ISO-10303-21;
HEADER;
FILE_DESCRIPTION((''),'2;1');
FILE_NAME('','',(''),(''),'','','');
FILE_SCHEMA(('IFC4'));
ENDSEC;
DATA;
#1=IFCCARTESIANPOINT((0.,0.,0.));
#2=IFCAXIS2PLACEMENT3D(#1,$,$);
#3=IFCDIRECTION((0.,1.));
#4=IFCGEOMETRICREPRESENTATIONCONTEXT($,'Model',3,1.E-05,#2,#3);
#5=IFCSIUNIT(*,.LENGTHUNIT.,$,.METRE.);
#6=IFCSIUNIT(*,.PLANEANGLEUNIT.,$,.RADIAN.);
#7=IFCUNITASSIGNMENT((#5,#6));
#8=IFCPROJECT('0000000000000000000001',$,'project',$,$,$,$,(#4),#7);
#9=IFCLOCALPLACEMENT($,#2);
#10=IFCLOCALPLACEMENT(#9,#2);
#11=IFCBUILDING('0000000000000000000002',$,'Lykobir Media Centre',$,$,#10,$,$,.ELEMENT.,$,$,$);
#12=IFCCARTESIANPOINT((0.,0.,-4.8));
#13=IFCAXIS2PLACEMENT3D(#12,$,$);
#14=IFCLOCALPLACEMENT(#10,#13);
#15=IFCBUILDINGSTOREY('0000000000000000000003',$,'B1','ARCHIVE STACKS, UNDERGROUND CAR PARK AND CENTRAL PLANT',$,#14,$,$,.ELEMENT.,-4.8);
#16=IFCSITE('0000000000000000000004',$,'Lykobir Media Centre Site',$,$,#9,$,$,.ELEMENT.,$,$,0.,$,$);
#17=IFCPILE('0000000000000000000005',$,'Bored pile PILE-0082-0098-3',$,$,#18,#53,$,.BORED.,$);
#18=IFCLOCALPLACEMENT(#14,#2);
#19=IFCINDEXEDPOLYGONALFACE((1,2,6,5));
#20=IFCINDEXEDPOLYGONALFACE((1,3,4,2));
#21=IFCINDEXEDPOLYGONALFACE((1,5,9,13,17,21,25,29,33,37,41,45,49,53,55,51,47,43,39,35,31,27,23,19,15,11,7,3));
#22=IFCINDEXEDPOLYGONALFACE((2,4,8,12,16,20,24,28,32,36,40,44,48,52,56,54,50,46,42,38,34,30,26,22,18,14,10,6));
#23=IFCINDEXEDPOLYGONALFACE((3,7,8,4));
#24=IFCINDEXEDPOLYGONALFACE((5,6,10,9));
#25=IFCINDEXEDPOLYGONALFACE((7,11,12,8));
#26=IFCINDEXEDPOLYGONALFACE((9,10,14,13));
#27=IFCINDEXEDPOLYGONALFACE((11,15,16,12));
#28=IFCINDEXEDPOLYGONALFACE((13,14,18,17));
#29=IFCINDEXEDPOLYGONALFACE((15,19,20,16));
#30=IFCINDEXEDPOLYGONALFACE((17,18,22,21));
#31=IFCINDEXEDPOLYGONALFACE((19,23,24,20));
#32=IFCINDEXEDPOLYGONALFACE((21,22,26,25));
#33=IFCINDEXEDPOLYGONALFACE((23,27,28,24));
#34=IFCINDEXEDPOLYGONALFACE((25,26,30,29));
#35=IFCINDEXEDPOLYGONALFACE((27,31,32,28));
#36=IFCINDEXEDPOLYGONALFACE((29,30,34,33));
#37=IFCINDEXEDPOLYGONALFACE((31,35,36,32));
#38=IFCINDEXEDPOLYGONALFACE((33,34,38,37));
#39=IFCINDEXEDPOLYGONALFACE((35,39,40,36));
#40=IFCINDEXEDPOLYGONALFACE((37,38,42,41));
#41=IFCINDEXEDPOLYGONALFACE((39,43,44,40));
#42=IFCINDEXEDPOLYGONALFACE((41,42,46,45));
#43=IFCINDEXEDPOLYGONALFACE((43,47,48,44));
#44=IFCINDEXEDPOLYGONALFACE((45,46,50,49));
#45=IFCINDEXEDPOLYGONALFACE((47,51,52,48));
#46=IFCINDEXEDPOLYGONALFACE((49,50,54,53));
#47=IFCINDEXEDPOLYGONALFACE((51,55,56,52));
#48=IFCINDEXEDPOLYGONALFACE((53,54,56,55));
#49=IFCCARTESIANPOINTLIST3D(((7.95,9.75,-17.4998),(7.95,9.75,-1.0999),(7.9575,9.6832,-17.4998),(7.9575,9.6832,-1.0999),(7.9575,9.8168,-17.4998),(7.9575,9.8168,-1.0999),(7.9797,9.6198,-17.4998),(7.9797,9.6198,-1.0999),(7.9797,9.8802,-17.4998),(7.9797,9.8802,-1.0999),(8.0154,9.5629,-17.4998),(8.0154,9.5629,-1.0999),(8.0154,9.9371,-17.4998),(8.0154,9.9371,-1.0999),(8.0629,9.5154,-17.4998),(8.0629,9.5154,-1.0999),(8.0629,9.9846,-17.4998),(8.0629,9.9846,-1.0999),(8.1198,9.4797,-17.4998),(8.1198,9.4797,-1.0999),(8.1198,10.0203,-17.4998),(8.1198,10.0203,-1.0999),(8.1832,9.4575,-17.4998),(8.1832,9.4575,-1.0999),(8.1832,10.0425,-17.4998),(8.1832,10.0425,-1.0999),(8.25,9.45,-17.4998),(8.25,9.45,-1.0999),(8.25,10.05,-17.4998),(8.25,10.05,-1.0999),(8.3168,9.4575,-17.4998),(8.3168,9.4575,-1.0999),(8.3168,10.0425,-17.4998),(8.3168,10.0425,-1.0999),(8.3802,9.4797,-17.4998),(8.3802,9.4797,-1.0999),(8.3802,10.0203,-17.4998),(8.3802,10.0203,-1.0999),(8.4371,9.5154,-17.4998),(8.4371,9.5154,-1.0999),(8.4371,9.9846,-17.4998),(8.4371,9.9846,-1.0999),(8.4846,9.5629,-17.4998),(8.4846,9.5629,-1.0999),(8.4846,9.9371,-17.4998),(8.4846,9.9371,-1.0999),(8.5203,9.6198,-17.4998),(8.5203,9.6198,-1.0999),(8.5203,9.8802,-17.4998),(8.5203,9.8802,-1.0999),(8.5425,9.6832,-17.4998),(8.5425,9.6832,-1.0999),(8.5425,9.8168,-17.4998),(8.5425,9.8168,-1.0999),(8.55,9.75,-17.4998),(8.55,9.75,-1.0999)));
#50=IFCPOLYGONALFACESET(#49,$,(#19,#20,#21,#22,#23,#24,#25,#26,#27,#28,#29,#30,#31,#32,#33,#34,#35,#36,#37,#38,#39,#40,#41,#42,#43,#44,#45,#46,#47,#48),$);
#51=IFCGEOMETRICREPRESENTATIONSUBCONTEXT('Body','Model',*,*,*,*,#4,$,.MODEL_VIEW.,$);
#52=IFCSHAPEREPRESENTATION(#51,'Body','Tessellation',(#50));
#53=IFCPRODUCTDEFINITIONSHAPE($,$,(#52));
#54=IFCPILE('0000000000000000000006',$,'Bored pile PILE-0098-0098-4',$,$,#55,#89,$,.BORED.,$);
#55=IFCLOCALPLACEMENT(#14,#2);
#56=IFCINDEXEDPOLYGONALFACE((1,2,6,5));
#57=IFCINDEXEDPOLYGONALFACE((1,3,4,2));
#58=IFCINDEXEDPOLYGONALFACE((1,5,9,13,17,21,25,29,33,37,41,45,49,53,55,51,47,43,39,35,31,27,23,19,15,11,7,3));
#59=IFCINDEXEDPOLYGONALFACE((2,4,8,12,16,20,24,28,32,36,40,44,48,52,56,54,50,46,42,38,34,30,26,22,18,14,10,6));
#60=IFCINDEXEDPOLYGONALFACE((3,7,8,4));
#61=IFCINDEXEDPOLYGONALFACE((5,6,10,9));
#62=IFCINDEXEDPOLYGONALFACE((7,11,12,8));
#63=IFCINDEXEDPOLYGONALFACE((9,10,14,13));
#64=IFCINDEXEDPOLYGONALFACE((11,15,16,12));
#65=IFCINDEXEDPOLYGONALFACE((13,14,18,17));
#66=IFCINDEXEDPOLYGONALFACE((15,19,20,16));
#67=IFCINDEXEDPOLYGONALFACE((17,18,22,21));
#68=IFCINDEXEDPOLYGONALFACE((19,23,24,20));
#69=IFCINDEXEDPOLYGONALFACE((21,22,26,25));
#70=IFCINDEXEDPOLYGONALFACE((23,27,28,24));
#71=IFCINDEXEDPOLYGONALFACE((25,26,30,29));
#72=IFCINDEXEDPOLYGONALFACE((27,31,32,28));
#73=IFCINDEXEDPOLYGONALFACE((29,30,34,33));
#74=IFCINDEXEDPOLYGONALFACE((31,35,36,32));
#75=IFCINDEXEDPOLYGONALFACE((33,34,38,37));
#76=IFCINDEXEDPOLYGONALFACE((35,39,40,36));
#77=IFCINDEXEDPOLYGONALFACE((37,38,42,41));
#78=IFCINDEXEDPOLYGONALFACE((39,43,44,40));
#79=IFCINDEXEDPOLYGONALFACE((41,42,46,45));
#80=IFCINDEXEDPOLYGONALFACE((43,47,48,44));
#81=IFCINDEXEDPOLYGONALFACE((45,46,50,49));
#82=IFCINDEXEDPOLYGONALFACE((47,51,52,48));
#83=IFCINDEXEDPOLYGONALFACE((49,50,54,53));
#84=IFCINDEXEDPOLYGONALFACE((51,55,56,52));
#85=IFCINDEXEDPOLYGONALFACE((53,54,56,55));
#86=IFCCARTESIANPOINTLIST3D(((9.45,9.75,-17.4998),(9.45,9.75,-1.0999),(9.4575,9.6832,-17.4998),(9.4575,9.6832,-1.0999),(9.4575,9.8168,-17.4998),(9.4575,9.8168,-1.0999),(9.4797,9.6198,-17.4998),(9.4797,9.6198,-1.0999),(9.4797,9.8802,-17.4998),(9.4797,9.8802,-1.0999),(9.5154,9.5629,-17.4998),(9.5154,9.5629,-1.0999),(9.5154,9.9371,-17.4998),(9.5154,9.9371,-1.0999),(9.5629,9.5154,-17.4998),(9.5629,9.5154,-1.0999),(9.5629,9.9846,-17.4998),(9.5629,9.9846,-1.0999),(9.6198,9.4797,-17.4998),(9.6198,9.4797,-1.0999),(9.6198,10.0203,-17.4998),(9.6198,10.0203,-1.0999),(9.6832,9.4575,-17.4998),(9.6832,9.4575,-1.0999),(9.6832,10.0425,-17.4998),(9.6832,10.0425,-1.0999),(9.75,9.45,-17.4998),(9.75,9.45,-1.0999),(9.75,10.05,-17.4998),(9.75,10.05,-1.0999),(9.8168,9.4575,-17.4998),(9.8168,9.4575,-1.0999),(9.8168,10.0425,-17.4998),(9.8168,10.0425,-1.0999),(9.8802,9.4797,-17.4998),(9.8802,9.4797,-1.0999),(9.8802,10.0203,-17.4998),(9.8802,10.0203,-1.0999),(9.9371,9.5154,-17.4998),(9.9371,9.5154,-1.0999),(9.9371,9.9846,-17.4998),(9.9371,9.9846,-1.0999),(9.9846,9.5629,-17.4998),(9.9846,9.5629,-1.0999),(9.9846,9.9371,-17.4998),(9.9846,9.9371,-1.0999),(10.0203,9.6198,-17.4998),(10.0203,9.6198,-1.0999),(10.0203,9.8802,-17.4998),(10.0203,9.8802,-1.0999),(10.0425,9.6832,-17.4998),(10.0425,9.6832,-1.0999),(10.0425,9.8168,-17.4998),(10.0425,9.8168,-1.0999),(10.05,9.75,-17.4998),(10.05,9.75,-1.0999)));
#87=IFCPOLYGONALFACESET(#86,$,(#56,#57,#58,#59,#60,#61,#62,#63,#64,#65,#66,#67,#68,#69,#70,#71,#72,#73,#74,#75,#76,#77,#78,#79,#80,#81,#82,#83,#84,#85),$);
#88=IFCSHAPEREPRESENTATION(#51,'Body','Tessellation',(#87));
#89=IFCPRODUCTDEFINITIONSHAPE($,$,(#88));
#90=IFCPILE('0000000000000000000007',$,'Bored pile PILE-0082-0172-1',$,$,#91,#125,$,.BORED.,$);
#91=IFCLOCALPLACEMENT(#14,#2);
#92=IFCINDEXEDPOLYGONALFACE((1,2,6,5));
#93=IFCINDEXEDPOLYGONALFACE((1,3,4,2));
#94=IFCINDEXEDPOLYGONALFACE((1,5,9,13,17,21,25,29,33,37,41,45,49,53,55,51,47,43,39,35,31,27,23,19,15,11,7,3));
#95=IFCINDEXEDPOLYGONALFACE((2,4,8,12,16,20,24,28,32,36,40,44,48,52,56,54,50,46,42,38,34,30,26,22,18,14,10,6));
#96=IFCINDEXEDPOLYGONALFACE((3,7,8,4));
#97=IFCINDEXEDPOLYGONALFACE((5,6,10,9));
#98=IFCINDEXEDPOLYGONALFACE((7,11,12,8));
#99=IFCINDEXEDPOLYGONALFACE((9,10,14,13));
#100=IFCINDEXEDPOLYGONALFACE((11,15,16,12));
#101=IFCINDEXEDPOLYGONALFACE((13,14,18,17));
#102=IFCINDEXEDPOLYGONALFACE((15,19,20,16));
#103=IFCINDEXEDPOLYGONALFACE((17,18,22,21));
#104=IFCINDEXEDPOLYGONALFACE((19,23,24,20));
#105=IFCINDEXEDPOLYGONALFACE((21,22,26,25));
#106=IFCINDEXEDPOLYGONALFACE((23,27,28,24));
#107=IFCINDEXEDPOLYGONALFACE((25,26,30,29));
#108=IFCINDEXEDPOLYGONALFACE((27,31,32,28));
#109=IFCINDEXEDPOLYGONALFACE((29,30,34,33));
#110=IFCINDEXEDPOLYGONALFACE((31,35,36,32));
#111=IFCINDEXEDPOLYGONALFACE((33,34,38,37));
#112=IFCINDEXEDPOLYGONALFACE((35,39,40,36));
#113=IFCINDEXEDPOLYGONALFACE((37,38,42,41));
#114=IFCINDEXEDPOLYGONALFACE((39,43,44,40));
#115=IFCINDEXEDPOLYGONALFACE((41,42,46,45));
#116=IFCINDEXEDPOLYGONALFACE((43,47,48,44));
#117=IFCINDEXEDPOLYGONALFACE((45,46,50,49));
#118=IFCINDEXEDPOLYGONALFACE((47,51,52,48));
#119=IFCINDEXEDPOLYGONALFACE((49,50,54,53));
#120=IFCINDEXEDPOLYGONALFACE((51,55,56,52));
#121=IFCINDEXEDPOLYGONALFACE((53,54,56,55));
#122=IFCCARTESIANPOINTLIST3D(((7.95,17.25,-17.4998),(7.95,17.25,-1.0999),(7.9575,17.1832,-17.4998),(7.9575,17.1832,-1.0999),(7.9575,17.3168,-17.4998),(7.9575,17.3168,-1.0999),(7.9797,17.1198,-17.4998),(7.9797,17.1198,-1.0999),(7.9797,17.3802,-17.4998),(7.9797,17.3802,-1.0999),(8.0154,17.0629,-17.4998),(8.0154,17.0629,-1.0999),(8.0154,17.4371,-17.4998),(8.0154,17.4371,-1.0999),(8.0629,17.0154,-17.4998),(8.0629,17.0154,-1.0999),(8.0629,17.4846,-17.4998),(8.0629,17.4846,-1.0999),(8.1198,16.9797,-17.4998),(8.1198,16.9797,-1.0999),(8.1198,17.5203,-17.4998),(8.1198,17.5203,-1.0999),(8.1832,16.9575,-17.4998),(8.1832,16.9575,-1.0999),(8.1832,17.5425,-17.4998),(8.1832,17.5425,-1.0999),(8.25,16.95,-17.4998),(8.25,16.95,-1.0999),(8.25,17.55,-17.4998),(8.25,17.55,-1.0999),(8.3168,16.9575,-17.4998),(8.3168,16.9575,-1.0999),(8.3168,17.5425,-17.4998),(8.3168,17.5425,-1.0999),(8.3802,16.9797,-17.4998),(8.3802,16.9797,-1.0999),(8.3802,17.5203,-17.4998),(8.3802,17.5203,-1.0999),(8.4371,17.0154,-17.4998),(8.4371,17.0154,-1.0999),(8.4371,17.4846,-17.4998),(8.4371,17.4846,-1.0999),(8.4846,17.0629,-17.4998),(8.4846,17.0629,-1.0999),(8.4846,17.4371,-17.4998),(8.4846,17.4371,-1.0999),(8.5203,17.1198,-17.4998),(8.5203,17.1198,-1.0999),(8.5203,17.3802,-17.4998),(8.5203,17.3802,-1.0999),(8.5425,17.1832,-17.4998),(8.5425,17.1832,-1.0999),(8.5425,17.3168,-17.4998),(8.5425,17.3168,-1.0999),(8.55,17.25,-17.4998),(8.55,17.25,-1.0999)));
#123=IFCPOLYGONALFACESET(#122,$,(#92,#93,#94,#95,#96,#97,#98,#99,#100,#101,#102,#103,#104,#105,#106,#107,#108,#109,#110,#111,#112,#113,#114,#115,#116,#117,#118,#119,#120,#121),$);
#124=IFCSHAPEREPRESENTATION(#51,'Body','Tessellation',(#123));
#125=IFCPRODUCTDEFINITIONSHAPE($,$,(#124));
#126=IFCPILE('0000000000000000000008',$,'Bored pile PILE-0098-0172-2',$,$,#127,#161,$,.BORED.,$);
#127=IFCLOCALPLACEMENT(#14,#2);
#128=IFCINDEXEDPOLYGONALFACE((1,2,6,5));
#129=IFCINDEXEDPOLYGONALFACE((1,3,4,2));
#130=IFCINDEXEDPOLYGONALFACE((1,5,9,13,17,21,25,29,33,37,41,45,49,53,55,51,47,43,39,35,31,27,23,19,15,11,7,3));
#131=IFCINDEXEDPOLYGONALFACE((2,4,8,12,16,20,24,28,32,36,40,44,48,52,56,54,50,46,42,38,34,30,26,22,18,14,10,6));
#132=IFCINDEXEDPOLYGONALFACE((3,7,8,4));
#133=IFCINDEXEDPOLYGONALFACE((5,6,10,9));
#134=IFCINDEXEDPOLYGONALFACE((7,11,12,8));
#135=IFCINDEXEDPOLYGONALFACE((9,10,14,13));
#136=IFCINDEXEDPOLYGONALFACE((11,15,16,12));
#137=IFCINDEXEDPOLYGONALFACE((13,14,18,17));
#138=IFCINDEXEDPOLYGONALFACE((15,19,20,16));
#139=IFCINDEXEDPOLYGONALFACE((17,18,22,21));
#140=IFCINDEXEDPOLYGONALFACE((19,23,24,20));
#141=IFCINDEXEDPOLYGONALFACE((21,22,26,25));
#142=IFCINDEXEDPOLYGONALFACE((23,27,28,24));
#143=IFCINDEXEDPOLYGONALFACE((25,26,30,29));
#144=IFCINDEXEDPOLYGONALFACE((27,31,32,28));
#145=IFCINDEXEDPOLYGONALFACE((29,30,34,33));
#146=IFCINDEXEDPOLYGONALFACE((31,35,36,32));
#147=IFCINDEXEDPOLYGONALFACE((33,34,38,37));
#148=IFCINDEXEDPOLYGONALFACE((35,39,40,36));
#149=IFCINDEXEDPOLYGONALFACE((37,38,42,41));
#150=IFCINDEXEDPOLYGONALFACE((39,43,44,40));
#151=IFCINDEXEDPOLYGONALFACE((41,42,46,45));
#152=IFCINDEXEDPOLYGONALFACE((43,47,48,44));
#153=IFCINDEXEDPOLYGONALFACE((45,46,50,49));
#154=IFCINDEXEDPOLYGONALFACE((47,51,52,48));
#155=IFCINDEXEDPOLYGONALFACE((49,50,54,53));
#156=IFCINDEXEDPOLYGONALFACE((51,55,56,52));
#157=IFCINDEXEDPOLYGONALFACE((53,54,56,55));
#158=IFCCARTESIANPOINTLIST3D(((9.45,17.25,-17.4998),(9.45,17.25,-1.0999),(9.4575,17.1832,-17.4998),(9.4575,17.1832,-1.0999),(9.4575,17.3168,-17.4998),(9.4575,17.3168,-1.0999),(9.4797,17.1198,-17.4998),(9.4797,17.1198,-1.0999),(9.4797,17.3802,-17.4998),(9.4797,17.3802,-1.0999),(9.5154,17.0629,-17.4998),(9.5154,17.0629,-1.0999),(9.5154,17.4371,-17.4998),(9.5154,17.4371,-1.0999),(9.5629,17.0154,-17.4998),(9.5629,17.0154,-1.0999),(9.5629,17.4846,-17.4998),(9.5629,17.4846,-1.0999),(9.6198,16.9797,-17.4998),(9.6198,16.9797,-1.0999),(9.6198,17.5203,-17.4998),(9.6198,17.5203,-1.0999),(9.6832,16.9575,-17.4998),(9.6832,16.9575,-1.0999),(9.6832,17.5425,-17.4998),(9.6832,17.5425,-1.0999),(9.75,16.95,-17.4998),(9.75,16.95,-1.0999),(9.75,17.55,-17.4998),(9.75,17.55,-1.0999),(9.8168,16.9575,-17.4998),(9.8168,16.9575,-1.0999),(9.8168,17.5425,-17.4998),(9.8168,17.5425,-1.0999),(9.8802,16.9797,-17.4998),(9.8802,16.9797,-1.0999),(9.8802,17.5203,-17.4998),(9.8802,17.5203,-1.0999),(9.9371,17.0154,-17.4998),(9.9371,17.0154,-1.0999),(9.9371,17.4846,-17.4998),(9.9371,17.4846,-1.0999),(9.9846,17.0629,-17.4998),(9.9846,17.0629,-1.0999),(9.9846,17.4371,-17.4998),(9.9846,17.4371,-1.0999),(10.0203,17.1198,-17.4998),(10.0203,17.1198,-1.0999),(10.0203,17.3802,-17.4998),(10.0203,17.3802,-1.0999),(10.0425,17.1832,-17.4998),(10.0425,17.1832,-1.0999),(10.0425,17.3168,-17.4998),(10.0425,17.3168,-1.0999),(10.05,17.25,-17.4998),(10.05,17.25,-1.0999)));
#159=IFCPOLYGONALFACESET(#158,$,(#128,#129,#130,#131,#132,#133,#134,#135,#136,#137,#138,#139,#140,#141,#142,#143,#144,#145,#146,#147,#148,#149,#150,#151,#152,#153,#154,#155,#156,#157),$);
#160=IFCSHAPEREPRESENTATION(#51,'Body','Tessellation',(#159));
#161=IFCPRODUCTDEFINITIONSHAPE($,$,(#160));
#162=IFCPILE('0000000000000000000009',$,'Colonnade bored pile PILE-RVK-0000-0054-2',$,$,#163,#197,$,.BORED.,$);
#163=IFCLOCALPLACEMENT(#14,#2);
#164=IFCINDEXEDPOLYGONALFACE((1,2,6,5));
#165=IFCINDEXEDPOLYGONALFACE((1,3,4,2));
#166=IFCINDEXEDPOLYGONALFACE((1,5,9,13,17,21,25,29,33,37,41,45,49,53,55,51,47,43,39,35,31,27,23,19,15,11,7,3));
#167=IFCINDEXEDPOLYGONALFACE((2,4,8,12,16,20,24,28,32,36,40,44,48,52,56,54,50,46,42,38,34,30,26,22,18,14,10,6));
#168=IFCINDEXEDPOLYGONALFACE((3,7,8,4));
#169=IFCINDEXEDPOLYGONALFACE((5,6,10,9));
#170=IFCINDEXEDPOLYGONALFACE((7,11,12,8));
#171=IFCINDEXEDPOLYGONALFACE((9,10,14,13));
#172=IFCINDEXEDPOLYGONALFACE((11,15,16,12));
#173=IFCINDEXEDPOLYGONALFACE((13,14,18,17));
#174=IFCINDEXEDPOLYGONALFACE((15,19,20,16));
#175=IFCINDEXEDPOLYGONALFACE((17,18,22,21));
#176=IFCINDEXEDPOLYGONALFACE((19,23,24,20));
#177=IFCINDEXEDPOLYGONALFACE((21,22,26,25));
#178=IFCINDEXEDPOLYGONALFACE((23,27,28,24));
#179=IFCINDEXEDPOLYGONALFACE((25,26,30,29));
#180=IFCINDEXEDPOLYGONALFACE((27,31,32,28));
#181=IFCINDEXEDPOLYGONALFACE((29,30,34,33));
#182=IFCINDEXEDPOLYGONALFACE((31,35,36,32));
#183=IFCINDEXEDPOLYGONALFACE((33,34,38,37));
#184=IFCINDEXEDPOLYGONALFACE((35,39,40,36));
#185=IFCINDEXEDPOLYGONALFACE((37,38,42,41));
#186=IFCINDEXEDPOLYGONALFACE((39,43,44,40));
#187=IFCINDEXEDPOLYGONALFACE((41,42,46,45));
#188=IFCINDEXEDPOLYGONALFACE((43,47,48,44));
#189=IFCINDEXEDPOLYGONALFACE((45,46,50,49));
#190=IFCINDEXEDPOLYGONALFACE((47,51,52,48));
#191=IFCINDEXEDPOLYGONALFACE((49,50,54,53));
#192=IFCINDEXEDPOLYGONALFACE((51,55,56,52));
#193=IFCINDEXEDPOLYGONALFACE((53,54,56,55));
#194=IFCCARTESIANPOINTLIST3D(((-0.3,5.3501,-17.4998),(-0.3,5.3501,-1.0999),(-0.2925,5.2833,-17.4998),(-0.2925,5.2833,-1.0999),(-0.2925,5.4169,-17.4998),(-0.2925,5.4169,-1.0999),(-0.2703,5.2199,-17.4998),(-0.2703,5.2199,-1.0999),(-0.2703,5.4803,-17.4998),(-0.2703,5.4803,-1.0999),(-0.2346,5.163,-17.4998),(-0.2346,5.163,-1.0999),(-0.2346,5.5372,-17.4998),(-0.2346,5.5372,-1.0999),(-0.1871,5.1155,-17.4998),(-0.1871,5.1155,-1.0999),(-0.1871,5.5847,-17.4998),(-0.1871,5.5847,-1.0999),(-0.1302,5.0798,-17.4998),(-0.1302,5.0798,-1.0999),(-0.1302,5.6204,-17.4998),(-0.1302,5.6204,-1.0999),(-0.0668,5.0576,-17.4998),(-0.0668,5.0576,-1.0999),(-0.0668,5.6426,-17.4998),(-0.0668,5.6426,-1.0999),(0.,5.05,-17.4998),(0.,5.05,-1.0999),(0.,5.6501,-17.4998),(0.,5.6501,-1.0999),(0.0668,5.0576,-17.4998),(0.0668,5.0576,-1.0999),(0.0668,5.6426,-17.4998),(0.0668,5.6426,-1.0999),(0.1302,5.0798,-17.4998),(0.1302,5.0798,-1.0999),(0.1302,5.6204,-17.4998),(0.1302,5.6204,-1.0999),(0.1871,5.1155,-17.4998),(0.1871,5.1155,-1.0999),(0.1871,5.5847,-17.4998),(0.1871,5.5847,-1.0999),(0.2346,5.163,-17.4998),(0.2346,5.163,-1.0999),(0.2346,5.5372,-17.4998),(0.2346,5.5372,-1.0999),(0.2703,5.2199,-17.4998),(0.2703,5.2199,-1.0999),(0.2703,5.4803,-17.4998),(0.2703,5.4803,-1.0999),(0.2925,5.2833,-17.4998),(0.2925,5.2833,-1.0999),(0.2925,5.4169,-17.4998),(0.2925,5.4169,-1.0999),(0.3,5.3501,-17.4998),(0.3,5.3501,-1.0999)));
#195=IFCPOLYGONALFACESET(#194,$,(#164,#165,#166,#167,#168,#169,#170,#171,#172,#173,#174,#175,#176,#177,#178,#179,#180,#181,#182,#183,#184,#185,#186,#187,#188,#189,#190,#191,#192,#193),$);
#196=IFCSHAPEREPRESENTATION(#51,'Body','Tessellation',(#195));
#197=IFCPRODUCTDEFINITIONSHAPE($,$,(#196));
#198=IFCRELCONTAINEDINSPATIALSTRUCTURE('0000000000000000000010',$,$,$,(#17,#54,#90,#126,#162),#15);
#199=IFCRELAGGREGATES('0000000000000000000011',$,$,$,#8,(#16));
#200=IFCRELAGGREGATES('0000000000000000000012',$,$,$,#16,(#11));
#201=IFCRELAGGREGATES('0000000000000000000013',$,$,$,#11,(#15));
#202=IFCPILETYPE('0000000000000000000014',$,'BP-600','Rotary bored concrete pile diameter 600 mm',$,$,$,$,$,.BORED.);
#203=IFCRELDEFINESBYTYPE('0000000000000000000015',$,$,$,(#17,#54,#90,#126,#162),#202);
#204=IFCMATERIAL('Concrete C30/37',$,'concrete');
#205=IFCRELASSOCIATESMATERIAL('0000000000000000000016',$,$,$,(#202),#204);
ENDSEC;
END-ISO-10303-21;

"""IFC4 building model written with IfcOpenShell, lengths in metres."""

from ifc_helpers import new_model, si_unit, direction, frame, origin, origin_2d, place, context, subcontext, project, spatial, circle, extrude, material, material_profile, profile_set, type_object, element, save


model = new_model("IFC4")

# Units and contexts
model_context = context("Model", 3, precision=1e-05, world=origin(), true_north=direction((0.0, 1.0)))
body_context = subcontext(model_context, "Body", "Model", "MODEL_VIEW")
ifc_project = project(units=[si_unit("LENGTHUNIT", "METRE"), si_unit("PLANEANGLEUNIT", "RADIAN")], contexts=[model_context])

# Site, building, storey
site_placement = place(None, origin())
site = spatial("IfcSite", under=ifc_project, at=site_placement, Name="Lykobir Media Centre Site", CompositionType="ELEMENT", RefElevation=0.0)
building_placement = place(site_placement, origin())
building = spatial("IfcBuilding", under=site, at=building_placement, Name="Lykobir Media Centre", CompositionType="ELEMENT")
storey_placement = place(building_placement, frame((0.0, 0.0, -4.8)))
storey = spatial("IfcBuildingStorey", under=building, at=storey_placement, Name="B1", Description="ARCHIVE STACKS, UNDERGROUND CAR PARK AND CENTRAL PLANT", CompositionType="ELEMENT", Elevation=-4.8)

# Piles
ifc_material_1 = material(Name="Concrete C30/37", Category="concrete")
ifc_material_profile_1 = material_profile(ifc_material_1, circle(Radius=0.3, at=origin_2d()), Name="BORED PILE D600")
ifc_profile_set_1 = profile_set([ifc_material_profile_1], Name="Concrete C30/37")
pile_type = type_object("IfcPileType", Name="BP-600", Description="Rotary bored concrete pile diameter 600 mm", PredefinedType="BORED", material=ifc_profile_set_1)
for number, where, z_axis, x_axis, name in (
    (1, (8.25, 9.75, -1.0999), (0.0, 0.0, -1.0), (1.0, 0.0, 0.0), "Bored pile PILE-0082-0098-3"),
    (2, (9.75, 9.75, -1.0999), (0.0, 0.0, -1.0), (1.0, 0.0, 0.0), "Bored pile PILE-0098-0098-4"),
    (3, (8.25, 17.25, -1.0999), (0.0, 0.0, -1.0), (1.0, 0.0, 0.0), "Bored pile PILE-0082-0172-1"),
    (4, (9.75, 17.25, -1.0999), (0.0, 0.0, -1.0), (1.0, 0.0, 0.0), "Bored pile PILE-0098-0172-2"),
    (5, (0.0, 5.3501, -1.0999), (0.0, 0.0, -1.0), (1.0, 0.0, 0.0), "Colonnade bored pile PILE-RVK-0000-0054-2"),
):
    element("IfcPile", number, at=place(storey_placement, frame(where, z_axis=z_axis, x_axis=x_axis)), inside=storey, type_object=pile_type, Name=name, PredefinedType="BORED", context=body_context, shape_type="SweptSolid", body=[
        extrude(circle(Radius=0.3, at=origin_2d()), origin(), (0.0, 0.0, 1.0), 16.3999),
    ])

save(model, "model.ifc")
